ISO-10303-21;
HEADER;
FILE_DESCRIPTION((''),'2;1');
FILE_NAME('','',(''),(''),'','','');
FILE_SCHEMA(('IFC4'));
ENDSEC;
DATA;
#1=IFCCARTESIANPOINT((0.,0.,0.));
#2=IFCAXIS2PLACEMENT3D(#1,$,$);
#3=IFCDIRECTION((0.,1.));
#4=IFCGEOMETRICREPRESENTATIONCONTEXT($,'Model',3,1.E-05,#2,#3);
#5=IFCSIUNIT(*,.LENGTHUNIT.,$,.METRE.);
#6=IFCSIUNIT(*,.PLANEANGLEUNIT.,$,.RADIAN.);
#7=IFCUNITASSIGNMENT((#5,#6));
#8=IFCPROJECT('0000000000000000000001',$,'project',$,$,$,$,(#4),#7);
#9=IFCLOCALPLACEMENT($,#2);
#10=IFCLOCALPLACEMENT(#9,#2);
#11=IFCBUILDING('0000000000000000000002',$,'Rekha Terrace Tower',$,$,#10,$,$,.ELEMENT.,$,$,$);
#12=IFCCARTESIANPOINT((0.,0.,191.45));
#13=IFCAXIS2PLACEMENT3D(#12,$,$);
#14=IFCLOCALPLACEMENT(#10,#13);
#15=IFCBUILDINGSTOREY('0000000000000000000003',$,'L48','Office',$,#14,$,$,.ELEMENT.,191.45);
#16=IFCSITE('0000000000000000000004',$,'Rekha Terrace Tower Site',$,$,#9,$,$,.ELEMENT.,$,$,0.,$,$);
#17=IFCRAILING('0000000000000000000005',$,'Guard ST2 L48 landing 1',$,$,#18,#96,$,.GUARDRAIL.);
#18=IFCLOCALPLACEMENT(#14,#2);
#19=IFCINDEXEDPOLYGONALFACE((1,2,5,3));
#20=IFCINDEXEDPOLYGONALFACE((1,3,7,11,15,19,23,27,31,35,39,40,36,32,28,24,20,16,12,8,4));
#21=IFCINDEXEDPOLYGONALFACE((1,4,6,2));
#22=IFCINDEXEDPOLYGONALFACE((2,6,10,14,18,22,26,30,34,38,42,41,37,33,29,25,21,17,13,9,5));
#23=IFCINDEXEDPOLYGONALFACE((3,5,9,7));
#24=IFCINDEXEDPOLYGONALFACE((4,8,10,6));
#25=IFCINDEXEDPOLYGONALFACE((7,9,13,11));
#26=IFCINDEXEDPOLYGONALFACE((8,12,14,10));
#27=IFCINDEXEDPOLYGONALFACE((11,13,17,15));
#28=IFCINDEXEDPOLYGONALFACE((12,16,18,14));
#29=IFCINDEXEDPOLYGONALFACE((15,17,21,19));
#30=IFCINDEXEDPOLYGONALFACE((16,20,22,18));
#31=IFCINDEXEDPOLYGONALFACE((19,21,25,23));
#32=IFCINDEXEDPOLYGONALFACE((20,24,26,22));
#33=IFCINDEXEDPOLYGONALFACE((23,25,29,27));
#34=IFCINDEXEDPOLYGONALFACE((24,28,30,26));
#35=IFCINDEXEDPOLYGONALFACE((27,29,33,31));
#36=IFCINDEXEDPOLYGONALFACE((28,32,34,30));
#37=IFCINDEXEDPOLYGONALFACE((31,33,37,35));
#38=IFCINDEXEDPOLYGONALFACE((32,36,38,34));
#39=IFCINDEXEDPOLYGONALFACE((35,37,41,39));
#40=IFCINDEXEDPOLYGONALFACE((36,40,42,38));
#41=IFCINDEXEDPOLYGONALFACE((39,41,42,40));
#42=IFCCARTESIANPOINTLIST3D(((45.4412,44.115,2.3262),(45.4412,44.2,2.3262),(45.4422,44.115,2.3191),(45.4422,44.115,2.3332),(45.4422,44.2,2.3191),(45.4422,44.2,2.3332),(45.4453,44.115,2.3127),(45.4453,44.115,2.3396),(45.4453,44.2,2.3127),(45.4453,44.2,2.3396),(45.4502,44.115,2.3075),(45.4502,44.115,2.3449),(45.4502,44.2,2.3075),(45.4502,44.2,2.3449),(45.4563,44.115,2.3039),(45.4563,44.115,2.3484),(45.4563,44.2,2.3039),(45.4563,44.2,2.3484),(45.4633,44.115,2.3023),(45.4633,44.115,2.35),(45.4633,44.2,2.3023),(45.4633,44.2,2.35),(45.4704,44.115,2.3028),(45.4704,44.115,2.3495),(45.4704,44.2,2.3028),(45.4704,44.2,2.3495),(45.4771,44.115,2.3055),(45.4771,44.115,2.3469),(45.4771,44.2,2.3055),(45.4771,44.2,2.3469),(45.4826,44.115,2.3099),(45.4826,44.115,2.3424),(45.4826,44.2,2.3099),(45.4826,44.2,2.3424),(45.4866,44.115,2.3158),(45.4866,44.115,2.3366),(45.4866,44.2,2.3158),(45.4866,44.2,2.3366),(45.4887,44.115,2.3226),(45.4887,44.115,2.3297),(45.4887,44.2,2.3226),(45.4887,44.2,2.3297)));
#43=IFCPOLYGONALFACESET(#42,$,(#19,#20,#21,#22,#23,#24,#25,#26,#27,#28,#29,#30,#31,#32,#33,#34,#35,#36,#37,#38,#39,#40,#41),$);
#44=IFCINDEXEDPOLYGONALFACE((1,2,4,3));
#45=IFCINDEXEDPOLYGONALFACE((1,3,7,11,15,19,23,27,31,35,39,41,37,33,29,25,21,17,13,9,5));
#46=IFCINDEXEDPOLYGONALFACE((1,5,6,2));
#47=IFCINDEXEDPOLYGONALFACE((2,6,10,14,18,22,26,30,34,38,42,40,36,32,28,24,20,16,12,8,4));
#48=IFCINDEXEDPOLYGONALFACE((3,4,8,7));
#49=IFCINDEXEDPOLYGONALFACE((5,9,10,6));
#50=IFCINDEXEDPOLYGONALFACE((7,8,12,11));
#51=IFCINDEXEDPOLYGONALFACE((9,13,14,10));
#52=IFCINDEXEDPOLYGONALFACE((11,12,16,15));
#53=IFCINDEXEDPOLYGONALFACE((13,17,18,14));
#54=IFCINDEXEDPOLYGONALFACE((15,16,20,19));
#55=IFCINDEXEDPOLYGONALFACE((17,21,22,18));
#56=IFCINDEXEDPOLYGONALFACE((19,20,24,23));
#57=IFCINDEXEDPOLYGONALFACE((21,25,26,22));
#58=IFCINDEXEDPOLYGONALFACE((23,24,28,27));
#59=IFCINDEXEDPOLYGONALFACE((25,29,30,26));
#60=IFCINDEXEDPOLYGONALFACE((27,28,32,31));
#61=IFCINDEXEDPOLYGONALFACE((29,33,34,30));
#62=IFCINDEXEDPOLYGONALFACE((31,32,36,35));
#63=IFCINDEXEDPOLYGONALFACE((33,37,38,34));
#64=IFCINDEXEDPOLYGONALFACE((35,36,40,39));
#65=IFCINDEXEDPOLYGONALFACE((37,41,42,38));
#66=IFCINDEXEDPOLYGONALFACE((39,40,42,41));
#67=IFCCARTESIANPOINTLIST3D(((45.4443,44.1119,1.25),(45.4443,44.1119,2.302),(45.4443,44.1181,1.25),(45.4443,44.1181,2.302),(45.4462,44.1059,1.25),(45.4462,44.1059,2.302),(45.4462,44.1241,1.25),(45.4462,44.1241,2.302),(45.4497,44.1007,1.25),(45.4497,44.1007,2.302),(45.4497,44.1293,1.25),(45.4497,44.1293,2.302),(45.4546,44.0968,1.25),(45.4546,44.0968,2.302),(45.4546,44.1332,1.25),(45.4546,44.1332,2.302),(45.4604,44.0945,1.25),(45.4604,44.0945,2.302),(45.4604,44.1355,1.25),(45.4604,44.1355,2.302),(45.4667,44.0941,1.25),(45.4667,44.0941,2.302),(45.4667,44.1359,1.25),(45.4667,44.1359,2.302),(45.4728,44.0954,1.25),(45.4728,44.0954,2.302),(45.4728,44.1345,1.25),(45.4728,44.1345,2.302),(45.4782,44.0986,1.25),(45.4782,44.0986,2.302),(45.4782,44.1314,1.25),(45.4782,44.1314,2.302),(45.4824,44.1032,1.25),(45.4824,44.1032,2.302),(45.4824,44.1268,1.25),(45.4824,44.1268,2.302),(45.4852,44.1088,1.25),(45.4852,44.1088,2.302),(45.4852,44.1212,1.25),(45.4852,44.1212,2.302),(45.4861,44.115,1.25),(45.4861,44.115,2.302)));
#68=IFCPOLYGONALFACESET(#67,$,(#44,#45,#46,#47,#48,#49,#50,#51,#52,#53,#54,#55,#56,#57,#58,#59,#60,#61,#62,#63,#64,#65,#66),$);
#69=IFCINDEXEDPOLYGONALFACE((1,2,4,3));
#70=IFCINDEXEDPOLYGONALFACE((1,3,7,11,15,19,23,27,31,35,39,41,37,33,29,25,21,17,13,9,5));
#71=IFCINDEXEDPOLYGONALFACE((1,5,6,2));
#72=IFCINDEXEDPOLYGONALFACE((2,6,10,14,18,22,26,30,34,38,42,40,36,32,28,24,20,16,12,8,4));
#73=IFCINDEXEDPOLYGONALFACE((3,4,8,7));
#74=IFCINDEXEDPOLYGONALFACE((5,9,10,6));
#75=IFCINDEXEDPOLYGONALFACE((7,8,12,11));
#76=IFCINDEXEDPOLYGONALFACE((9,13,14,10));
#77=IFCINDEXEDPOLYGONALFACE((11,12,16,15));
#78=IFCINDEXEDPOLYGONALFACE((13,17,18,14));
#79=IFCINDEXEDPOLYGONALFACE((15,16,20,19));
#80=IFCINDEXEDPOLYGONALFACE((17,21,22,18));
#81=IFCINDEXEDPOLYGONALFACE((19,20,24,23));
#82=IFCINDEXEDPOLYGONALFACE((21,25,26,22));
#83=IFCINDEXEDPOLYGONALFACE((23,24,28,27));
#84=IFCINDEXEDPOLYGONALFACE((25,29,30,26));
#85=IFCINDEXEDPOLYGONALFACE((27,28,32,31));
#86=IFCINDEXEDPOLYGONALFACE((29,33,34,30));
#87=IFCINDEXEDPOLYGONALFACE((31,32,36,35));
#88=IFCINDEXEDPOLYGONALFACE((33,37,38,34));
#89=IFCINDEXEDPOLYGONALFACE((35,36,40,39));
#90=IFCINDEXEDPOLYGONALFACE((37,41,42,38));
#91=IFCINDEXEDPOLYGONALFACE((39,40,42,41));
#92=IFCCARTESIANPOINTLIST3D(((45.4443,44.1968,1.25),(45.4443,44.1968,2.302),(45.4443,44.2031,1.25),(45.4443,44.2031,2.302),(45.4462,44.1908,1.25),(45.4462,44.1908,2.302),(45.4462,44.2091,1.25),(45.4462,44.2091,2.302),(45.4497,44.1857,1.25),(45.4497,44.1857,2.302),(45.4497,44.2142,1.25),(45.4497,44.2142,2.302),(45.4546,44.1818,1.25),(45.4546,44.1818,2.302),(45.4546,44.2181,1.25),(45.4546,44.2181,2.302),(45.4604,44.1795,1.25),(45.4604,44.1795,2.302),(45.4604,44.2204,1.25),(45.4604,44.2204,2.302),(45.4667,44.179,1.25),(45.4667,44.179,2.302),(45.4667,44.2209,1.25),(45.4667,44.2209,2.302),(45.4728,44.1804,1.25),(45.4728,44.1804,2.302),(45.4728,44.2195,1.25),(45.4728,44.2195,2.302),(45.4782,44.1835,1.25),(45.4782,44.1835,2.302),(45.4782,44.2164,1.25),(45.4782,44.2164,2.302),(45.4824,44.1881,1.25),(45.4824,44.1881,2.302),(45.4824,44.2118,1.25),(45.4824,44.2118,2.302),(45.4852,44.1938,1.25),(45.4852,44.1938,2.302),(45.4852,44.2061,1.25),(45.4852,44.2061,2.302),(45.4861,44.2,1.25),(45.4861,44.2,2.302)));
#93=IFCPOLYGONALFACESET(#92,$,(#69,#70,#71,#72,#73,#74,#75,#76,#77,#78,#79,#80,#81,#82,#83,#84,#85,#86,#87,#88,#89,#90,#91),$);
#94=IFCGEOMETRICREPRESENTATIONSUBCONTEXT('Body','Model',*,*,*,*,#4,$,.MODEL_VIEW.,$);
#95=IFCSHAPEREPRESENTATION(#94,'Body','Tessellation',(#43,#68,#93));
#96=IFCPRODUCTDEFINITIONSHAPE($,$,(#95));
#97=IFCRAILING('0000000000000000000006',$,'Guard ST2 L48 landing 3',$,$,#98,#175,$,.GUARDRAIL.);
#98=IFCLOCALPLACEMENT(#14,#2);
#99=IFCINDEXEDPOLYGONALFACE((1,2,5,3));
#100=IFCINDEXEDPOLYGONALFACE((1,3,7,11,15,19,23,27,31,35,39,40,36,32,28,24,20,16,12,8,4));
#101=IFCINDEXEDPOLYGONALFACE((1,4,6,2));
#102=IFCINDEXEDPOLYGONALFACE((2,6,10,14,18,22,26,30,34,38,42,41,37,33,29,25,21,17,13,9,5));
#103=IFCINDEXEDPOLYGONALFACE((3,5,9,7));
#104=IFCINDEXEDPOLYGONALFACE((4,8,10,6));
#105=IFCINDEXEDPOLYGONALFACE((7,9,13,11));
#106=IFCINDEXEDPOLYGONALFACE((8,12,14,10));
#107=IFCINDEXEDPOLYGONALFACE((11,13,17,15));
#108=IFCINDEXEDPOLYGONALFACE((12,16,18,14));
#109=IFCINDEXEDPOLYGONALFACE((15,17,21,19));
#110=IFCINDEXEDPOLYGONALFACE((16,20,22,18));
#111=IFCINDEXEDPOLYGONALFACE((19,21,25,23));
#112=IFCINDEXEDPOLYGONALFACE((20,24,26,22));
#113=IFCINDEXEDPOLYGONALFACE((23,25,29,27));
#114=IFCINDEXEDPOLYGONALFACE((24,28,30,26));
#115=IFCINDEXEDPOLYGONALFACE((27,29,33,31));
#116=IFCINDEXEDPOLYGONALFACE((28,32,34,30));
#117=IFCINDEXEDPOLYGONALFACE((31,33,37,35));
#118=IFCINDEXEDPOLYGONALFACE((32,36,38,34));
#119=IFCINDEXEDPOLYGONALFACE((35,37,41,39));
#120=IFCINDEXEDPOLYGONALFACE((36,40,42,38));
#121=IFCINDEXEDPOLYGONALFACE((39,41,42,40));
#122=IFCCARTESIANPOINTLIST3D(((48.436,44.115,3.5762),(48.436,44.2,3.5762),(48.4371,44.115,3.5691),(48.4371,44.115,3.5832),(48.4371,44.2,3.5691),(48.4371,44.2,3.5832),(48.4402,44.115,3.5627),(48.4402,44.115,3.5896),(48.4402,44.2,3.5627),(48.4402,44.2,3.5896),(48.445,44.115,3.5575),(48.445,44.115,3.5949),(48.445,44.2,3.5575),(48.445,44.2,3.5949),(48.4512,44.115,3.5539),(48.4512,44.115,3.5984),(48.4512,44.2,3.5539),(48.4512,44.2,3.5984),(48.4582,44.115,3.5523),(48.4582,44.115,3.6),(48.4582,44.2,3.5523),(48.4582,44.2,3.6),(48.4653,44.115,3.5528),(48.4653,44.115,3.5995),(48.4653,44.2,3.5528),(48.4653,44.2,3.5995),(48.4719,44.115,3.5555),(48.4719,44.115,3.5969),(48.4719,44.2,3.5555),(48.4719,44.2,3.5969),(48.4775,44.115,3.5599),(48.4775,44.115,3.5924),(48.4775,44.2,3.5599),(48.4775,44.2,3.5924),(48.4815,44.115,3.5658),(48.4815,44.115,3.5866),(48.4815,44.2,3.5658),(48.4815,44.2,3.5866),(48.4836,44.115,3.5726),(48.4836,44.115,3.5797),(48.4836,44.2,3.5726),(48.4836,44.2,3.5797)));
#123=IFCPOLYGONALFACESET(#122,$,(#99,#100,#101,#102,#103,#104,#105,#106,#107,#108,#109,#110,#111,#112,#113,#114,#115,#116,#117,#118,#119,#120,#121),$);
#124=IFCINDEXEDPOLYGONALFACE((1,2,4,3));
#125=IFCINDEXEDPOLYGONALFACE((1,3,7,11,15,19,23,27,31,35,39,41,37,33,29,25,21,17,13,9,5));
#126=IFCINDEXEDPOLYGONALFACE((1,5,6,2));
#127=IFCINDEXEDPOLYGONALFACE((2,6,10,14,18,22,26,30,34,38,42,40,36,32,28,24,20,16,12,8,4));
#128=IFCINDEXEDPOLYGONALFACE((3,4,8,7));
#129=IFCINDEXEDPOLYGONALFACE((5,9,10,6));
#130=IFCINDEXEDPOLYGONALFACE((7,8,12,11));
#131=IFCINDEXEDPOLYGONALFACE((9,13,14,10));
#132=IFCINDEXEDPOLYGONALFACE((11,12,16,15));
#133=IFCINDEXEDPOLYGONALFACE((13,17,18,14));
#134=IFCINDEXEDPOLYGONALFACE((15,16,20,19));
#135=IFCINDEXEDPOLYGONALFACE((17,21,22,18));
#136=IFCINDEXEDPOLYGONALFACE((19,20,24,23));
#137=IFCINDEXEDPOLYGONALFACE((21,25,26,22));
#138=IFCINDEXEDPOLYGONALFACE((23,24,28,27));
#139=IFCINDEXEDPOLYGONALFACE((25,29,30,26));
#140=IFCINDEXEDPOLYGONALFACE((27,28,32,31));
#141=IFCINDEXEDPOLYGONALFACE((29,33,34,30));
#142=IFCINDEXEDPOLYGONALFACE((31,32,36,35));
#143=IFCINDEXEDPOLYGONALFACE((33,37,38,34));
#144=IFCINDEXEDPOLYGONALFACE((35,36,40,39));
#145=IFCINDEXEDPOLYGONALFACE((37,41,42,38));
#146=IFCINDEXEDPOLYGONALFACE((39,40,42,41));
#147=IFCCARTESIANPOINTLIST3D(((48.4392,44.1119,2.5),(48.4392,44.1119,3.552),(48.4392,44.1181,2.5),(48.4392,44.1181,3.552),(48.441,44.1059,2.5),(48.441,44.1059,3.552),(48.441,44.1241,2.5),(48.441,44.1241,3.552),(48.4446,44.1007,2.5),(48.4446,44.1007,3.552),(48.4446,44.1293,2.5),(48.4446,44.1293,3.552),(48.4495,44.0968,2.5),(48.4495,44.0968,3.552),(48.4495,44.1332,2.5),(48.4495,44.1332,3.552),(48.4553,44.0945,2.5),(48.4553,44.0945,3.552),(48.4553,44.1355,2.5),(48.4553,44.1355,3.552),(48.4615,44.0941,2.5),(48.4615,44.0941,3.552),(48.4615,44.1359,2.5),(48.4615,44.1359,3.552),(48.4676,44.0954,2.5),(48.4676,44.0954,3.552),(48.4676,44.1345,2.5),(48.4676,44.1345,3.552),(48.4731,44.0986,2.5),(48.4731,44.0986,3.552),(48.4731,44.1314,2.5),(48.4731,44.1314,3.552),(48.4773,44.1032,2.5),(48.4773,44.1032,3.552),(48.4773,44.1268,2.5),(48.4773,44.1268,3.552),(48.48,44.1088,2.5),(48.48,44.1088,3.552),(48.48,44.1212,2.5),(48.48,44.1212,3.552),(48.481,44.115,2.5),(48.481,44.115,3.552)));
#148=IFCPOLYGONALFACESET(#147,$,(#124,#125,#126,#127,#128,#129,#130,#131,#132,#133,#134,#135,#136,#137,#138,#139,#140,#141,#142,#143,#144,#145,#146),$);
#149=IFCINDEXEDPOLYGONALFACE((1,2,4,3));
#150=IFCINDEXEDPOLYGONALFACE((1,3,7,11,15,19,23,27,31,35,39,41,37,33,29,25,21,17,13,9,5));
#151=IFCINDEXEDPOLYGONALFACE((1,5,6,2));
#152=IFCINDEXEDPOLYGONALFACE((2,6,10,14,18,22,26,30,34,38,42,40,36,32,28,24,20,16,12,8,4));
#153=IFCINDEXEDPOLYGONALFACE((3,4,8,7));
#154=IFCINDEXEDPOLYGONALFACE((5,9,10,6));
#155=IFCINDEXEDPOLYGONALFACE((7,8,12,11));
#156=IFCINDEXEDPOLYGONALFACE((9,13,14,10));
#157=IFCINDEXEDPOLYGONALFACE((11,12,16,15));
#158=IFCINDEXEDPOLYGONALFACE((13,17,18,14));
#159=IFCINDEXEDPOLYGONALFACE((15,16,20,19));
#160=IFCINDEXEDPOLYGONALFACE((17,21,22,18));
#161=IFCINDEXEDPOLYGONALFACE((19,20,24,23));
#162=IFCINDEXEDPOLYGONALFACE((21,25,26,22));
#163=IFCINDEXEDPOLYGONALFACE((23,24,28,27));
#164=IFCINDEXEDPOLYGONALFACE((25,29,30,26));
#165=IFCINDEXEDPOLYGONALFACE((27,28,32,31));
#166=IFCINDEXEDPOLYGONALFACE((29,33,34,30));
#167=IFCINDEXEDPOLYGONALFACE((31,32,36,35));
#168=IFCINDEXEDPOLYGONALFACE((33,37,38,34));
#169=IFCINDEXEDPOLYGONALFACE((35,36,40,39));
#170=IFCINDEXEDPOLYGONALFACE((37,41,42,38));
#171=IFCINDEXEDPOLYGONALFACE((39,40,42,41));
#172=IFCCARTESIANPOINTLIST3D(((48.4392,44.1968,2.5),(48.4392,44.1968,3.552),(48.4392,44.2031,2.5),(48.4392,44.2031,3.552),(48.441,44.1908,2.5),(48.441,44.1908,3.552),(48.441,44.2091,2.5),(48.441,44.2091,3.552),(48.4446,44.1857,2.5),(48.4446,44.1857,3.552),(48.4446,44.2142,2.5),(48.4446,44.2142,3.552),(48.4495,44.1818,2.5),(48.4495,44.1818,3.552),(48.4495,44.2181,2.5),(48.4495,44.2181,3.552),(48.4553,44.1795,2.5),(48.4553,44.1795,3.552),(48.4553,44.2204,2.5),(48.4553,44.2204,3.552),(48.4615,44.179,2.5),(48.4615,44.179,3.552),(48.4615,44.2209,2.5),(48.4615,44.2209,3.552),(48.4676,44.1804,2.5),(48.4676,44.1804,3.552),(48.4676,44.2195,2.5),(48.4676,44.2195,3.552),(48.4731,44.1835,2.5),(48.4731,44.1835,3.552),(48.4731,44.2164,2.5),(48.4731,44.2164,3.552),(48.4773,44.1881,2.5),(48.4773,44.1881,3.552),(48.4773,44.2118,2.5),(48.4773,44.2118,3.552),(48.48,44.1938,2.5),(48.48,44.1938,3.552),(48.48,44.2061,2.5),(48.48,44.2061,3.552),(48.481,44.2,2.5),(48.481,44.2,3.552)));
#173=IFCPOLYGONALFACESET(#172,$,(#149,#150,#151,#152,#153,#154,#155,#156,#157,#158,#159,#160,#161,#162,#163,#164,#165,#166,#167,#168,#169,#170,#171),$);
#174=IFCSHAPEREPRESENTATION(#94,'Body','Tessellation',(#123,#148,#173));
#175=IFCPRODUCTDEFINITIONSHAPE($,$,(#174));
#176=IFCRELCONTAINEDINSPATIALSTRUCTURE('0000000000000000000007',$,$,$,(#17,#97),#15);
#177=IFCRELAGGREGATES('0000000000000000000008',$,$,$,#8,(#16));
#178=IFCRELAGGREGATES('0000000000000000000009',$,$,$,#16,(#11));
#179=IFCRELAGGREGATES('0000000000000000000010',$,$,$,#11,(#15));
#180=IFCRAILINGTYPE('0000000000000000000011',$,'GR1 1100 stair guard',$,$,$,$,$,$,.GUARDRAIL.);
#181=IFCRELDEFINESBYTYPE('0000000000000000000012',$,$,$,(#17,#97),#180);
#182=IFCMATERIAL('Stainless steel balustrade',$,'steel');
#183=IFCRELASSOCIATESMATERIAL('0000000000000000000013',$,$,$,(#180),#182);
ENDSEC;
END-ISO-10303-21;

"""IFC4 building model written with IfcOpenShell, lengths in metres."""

from ifc_helpers import new_model, si_unit, direction, frame, origin, origin_2d, place, context, subcontext, project, spatial, circle, extrude, material, type_object, element, save


model = new_model("IFC4")

# Units and contexts
model_context = context("Model", 3, precision=1e-05, world=origin(), true_north=direction((0.0, 1.0)))
body_context = subcontext(model_context, "Body", "Model", "MODEL_VIEW")
ifc_project = project(units=[si_unit("LENGTHUNIT", "METRE"), si_unit("PLANEANGLEUNIT", "RADIAN")], contexts=[model_context])

# Site, building, storey
site_placement = place(None, origin())
site = spatial("IfcSite", under=ifc_project, at=site_placement, Name="Rekha Terrace Tower Site", CompositionType="ELEMENT", RefElevation=0.0)
building_placement = place(site_placement, origin())
building = spatial("IfcBuilding", under=site, at=building_placement, Name="Rekha Terrace Tower", CompositionType="ELEMENT")
storey_placement = place(building_placement, frame((0.0, 0.0, 191.45)))
storey = spatial("IfcBuildingStorey", under=building, at=storey_placement, Name="L48", Description="Office", CompositionType="ELEMENT", Elevation=191.45)

# Railings
ifc_material_1 = material(Name="Stainless steel balustrade", Category="steel")
railing_type_1 = type_object("IfcRailingType", Name="GR1 1100 stair guard", PredefinedType="GUARDRAIL", material=ifc_material_1)
for number, where, name in (
    (1, (45.4651, 44.115, 1.25), "Guard ST2 L48 landing 1"),
    (2, (48.46, 44.115, 2.5), "Guard ST2 L48 landing 3"),
):
    element("IfcRailing", number, at=place(storey_placement, frame(where)), inside=storey, type_object=railing_type_1, Name=name, PredefinedType="GUARDRAIL", context=body_context, shape_type="SweptSolid", body=[
        extrude(circle(Radius=0.0239, at=origin_2d()), frame((0.0, 0.0, 1.0762), z_axis=(0.0, 1.0, 0.0), x_axis=(-1.0, 0.0, 0.0)), (0.0, 0.0, 1.0), 0.085),
        extrude(circle(Radius=0.021, at=origin_2d()), origin(), (0.0, 0.0, 1.0), 1.052),
        extrude(circle(Radius=0.021, at=origin_2d()), frame((0.0, 0.085, 0.0)), (0.0, 0.0, 1.0), 1.052),
    ])

save(model, "model.ifc")
